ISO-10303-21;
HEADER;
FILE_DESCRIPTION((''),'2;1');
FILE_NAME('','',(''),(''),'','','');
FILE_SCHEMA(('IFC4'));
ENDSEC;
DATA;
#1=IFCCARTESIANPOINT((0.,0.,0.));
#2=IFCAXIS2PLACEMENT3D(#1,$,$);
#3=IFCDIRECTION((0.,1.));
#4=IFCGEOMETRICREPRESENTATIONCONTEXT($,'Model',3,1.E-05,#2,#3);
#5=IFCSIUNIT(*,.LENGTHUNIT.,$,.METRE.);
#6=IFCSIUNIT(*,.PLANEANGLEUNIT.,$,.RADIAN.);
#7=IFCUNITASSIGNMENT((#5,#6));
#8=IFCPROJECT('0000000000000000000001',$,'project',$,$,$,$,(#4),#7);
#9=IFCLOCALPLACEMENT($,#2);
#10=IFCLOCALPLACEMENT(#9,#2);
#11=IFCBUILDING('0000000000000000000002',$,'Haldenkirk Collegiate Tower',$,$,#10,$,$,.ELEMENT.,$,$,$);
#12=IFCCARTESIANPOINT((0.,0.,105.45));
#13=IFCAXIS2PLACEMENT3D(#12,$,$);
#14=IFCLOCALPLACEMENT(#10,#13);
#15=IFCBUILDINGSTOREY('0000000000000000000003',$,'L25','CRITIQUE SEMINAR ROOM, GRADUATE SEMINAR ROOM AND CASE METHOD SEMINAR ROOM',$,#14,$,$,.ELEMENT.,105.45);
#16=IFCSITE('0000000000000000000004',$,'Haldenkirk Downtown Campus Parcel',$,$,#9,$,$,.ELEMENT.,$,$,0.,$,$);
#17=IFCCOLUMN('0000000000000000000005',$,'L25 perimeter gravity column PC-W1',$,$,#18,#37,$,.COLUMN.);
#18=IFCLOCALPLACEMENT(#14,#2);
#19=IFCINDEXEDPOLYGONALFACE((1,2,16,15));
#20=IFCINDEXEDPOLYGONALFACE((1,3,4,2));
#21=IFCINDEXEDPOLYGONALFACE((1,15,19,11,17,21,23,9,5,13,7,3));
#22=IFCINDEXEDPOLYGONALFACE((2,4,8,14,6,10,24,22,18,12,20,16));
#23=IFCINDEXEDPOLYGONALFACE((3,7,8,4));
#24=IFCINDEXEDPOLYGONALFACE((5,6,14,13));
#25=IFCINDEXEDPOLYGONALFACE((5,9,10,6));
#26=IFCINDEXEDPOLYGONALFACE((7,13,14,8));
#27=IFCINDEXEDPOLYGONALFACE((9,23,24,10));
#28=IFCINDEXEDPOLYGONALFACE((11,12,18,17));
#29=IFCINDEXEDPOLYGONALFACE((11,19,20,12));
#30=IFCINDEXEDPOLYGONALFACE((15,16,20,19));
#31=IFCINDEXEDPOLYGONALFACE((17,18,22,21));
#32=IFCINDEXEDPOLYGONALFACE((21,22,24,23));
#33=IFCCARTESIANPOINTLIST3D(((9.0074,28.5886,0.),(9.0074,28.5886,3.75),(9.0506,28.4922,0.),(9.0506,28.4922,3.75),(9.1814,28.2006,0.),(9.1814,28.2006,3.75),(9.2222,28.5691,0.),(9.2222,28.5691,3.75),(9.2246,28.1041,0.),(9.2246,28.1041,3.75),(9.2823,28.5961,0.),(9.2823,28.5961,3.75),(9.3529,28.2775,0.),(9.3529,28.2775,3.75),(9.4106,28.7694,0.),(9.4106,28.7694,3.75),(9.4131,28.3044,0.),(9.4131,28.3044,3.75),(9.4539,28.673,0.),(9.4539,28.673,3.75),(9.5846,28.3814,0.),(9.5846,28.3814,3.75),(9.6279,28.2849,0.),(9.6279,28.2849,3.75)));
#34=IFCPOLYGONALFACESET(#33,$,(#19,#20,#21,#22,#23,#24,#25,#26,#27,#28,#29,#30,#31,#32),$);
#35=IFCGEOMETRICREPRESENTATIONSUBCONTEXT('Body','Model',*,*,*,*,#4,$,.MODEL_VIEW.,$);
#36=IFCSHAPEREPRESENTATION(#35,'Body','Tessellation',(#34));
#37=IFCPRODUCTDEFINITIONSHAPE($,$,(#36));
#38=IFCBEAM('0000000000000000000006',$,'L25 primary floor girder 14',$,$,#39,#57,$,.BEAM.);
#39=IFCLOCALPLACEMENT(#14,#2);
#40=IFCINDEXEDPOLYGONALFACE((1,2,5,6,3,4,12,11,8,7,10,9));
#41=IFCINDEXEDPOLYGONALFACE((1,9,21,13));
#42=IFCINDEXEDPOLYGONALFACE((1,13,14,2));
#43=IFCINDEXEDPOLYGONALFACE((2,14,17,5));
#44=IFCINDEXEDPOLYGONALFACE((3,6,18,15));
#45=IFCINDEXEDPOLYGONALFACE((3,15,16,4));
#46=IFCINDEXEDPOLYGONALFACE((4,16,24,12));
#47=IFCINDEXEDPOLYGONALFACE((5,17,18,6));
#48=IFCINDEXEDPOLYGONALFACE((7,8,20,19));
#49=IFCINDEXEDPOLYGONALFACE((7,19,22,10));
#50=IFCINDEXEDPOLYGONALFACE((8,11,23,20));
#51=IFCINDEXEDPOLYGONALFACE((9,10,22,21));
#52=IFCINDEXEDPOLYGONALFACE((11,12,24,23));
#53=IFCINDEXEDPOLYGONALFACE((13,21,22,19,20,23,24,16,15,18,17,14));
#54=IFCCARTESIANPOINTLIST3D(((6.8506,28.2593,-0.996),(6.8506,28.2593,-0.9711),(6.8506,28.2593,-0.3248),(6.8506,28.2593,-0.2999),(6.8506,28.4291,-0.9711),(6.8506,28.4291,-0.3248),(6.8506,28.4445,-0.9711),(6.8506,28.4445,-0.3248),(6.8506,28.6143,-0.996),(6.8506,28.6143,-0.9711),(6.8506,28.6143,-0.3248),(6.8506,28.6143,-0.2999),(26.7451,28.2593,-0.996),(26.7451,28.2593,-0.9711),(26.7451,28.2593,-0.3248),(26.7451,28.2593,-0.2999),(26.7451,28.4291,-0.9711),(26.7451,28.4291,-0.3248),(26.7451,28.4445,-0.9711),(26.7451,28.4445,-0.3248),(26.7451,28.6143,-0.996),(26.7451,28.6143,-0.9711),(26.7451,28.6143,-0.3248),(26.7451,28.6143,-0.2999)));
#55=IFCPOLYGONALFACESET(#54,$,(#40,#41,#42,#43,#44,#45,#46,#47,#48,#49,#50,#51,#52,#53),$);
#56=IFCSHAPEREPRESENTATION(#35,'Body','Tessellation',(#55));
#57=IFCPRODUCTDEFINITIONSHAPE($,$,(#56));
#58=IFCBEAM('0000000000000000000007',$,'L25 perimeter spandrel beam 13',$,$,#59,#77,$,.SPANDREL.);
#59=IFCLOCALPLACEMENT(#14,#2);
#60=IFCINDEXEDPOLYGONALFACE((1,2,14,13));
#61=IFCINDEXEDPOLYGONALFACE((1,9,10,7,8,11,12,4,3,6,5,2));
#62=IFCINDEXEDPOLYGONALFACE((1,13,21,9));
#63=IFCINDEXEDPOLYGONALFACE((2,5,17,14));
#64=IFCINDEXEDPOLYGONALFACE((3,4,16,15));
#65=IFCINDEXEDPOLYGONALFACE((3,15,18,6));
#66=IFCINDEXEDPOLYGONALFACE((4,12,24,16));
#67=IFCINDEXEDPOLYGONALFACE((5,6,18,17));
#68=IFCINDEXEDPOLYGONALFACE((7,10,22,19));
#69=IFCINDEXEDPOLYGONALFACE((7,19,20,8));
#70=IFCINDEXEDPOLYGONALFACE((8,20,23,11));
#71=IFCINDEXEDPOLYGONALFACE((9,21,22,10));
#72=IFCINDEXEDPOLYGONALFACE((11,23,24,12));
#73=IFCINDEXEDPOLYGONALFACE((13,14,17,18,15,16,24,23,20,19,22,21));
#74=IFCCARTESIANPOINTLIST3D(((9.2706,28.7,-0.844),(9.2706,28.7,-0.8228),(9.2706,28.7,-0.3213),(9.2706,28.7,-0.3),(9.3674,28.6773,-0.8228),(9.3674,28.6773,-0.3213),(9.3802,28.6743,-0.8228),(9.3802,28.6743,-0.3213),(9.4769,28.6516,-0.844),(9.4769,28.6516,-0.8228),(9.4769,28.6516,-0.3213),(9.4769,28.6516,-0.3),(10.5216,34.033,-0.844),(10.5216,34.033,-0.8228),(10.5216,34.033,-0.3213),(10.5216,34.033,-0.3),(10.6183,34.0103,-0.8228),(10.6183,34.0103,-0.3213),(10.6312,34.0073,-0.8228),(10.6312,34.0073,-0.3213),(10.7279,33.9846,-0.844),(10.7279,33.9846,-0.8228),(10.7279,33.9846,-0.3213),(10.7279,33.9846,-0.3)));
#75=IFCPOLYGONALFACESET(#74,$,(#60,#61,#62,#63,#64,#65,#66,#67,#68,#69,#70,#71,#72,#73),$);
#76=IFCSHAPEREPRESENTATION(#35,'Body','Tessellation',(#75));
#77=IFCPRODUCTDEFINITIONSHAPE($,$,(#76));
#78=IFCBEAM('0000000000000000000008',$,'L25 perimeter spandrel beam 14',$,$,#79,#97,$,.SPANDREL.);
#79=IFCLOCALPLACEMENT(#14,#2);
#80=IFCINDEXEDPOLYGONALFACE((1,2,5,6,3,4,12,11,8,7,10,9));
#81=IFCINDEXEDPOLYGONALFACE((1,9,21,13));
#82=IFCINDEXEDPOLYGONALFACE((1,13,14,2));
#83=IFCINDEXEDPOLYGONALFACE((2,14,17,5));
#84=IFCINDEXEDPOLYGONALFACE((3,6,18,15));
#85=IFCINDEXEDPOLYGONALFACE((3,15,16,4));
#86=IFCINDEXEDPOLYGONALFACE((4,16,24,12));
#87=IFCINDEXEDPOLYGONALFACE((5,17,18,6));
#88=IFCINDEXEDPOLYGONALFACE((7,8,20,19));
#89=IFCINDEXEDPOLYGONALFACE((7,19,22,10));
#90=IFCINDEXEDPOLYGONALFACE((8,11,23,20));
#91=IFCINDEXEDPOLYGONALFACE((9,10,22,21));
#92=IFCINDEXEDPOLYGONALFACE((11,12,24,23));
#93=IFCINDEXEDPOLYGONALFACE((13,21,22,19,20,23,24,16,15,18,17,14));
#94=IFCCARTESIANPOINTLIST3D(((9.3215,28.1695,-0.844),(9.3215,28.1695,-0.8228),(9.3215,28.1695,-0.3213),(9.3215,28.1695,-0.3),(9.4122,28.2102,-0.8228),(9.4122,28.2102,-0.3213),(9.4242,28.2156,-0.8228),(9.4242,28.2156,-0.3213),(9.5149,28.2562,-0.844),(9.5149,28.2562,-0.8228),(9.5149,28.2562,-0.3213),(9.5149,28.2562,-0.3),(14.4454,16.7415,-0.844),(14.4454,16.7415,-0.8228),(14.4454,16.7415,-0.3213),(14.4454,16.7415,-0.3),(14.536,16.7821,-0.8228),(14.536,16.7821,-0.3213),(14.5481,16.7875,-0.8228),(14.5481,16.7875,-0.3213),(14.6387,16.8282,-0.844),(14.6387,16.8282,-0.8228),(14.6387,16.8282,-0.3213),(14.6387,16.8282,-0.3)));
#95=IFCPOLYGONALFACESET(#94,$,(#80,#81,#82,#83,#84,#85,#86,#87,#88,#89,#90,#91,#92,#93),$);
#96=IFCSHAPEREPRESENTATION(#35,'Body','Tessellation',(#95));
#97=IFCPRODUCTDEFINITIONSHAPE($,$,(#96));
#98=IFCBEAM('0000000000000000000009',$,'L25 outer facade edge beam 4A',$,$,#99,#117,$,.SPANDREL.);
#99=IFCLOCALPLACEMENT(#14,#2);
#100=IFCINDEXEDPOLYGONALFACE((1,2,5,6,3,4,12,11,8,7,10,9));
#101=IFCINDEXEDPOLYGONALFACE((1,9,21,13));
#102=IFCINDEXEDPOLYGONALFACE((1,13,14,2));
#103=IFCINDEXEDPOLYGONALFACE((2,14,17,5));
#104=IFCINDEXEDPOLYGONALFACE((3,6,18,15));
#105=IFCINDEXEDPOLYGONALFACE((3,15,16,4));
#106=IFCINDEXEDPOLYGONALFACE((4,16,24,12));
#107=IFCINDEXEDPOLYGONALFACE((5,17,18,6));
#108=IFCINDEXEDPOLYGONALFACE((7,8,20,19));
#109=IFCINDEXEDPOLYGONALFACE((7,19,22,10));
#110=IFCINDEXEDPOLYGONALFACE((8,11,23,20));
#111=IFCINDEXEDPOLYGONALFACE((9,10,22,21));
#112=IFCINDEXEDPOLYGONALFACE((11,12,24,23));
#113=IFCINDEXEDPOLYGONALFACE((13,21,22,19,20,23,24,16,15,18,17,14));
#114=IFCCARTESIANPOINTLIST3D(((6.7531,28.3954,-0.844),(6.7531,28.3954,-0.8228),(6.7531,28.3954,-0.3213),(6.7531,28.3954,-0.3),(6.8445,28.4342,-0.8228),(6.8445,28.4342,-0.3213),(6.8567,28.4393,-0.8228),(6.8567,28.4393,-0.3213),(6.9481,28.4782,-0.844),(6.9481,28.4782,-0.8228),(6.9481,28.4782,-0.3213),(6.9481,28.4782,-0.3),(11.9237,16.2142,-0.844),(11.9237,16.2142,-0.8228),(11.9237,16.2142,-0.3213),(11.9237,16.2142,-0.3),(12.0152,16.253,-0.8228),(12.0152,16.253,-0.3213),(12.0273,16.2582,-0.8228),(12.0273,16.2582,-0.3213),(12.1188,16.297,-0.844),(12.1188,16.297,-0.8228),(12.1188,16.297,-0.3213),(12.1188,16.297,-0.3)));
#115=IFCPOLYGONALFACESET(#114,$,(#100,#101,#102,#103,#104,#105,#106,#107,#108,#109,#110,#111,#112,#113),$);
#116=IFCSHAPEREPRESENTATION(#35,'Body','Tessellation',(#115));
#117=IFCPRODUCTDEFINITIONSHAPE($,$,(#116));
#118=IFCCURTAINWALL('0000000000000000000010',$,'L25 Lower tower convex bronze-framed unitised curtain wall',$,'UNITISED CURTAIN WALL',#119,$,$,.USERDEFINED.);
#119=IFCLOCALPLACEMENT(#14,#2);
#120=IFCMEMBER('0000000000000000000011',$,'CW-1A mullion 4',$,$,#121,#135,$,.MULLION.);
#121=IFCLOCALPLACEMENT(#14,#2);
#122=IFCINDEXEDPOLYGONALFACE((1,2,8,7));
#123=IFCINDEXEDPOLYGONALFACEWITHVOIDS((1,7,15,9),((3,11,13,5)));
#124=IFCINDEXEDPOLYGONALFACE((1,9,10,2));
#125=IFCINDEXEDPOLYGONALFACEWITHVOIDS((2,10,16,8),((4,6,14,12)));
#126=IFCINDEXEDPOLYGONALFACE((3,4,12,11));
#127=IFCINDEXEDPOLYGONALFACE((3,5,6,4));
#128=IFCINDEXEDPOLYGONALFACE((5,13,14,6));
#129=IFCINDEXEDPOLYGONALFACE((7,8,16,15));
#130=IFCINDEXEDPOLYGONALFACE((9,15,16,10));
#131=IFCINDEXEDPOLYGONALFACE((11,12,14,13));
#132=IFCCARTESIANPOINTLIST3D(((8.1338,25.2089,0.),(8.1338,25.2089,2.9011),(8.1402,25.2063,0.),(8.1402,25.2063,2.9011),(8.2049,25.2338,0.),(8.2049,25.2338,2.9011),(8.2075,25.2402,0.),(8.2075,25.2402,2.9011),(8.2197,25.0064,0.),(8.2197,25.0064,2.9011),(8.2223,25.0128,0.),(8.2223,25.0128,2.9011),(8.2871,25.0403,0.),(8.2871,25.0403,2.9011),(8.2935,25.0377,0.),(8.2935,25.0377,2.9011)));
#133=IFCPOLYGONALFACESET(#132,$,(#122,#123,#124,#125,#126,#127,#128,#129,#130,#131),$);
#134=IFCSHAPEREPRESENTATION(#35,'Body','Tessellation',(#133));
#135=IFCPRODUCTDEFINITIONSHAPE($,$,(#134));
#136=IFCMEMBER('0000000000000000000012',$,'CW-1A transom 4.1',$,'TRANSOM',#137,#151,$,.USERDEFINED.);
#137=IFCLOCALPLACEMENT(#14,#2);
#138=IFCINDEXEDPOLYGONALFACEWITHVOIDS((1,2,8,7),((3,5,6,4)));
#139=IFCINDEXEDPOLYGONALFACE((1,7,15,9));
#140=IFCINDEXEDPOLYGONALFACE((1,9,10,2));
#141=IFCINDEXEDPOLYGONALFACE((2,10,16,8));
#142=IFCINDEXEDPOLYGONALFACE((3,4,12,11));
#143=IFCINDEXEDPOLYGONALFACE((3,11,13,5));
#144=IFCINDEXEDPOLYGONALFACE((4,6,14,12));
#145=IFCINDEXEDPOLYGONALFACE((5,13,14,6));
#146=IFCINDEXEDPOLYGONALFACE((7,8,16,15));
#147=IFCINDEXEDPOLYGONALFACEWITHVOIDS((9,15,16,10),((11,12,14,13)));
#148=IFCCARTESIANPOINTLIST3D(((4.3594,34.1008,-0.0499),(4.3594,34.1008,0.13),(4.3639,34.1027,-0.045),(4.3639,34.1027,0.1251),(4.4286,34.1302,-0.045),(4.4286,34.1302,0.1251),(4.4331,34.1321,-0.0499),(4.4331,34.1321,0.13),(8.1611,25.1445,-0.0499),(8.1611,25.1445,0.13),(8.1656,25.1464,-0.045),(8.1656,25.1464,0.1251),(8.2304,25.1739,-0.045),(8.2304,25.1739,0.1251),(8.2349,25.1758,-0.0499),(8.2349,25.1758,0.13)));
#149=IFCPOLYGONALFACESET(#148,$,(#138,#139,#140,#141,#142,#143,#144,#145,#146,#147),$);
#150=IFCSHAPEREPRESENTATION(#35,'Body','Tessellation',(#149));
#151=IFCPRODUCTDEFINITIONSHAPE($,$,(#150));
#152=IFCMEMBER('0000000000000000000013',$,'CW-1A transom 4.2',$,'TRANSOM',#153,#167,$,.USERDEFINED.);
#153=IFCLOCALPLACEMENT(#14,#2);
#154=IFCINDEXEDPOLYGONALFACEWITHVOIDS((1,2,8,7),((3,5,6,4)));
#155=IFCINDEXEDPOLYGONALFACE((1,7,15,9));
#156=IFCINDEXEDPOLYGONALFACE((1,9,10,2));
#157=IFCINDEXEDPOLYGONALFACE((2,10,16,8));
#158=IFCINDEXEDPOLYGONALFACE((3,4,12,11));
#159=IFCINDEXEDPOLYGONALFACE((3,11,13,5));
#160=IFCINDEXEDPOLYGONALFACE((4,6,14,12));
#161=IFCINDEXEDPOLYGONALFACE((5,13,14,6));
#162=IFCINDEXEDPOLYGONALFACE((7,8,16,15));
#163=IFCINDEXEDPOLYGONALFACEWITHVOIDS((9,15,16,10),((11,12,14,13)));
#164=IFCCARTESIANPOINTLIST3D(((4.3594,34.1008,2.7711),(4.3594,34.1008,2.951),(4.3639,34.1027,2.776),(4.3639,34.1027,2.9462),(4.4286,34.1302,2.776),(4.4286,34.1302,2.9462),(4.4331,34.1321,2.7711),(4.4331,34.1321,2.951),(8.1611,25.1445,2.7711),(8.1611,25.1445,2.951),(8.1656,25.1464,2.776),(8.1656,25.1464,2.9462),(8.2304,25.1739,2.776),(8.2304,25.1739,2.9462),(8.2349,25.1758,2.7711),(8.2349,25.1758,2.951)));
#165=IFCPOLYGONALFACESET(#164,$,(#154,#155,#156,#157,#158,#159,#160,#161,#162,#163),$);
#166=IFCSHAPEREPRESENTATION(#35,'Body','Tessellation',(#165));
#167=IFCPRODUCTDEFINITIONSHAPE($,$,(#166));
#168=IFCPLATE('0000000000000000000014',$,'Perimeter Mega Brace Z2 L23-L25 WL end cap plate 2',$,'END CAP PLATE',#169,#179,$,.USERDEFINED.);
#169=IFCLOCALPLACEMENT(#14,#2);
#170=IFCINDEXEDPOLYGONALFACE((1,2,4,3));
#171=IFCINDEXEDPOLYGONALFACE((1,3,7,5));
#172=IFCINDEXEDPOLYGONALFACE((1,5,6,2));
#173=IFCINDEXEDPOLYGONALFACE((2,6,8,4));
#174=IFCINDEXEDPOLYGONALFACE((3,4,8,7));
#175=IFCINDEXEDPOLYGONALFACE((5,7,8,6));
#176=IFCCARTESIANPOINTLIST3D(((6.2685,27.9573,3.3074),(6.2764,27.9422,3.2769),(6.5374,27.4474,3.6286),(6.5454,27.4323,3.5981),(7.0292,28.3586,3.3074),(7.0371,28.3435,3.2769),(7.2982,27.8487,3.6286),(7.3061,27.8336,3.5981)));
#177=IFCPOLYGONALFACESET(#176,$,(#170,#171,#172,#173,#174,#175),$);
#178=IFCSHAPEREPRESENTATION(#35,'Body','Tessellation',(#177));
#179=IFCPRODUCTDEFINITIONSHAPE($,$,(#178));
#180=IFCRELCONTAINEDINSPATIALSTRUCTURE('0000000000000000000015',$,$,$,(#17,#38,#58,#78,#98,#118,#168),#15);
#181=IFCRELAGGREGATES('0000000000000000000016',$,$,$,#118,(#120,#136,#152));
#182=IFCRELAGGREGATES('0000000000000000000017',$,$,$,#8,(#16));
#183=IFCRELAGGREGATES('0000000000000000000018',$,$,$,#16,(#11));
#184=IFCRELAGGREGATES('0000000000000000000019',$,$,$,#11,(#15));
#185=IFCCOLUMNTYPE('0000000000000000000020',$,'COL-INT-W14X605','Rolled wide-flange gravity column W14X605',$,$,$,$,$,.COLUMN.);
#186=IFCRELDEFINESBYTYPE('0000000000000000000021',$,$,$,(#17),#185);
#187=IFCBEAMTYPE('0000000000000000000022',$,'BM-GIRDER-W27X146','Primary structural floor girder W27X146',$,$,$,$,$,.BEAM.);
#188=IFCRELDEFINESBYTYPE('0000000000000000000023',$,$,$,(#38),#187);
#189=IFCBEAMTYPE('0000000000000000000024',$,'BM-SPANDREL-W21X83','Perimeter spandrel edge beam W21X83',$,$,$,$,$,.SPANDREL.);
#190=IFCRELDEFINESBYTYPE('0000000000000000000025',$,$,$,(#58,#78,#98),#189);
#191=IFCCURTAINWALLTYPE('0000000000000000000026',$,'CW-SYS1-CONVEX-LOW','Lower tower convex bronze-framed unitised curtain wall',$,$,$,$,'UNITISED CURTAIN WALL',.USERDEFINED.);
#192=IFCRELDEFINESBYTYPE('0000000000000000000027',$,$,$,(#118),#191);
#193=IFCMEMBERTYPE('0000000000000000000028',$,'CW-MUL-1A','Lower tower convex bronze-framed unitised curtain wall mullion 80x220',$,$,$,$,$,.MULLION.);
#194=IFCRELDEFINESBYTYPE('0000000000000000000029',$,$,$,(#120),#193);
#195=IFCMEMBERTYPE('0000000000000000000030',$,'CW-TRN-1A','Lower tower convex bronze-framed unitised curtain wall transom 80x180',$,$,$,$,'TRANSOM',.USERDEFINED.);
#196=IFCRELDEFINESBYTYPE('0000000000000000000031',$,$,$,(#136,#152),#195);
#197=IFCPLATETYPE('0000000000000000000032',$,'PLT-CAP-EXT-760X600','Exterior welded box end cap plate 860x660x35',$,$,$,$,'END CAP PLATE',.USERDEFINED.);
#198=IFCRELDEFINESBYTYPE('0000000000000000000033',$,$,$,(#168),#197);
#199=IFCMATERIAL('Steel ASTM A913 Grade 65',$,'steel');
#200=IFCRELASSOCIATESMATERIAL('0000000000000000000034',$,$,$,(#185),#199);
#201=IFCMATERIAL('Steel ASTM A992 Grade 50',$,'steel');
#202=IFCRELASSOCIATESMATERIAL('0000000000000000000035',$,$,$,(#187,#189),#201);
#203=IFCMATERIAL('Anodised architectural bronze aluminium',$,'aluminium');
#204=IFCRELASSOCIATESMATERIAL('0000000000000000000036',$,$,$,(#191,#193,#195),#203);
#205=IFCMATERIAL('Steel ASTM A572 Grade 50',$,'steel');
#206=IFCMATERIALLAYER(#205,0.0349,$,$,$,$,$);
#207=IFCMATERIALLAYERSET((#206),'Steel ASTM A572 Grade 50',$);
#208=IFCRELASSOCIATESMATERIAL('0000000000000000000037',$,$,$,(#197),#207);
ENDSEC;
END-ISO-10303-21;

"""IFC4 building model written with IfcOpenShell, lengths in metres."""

from ifc_helpers import new_model, si_unit, direction, frame, origin, origin_2d, place, context, subcontext, project, spatial, rectangle, hollow_rectangle, i_section, extrude, source, transform, mapped, material, layer, layer_set, material_profile, profile_set, type_object, element, aggregate, save


model = new_model("IFC4")

# Units and contexts
model_context = context("Model", 3, precision=1e-05, world=origin(), true_north=direction((0.0, 1.0)))
body_context = subcontext(model_context, "Body", "Model", "MODEL_VIEW")
ifc_project = project(units=[si_unit("LENGTHUNIT", "METRE"), si_unit("PLANEANGLEUNIT", "RADIAN")], contexts=[model_context])

# Site, building, storey
site_placement = place(None, origin())
site = spatial("IfcSite", under=ifc_project, at=site_placement, Name="Haldenkirk Downtown Campus Parcel", CompositionType="ELEMENT", RefElevation=0.0)
building_placement = place(site_placement, origin())
building = spatial("IfcBuilding", under=site, at=building_placement, Name="Haldenkirk Collegiate Tower", CompositionType="ELEMENT")
storey_placement = place(building_placement, frame((0.0, 0.0, 105.45)))
storey = spatial("IfcBuildingStorey", under=building, at=storey_placement, Name="L25", Description="CRITIQUE SEMINAR ROOM, GRADUATE SEMINAR ROOM AND CASE METHOD SEMINAR ROOM", CompositionType="ELEMENT", Elevation=105.45)

# Column
ifc_material_1 = material(Name="Steel ASTM A913 Grade 65", Category="steel")
ifc_material_profile_1 = material_profile(ifc_material_1, i_section(OverallWidth=0.4419, OverallDepth=0.531, WebThickness=0.0659, FlangeThickness=0.1057, at=origin_2d()), Name="W14X605")
ifc_profile_set_1 = profile_set([ifc_material_profile_1], Name="Steel ASTM A913 Grade 65")
column_type = type_object("IfcColumnType", Name="COL-INT-W14X605", Description="Rolled wide-flange gravity column W14X605", PredefinedType="COLUMN", material=ifc_profile_set_1)
column_placement = place(storey_placement, frame((9.3176, 28.4368, 0.0), z_axis=(0.0, 0.0, 1.0), x_axis=(0.912477, 0.409127, 0.0)))
element("IfcColumn", 1, at=column_placement, inside=storey, type_object=column_type, Name="L25 perimeter gravity column PC-W1", PredefinedType="COLUMN", context=body_context, shape_type="SweptSolid", body=[
    extrude(i_section(OverallWidth=0.4419, OverallDepth=0.531, WebThickness=0.0659, FlangeThickness=0.1057, at=origin_2d()), origin(), (0.0, 0.0, 1.0), 3.75),
])

# Beams
ifc_material_2 = material(Name="Steel ASTM A992 Grade 50", Category="steel")
ifc_material_profile_2 = material_profile(ifc_material_2, i_section(OverallWidth=0.355, OverallDepth=0.696, WebThickness=0.0154, FlangeThickness=0.0249, at=origin_2d()), Name="W27X146")
ifc_profile_set_2 = profile_set([ifc_material_profile_2], Name="Steel ASTM A992 Grade 50")
beam_type_1 = type_object("IfcBeamType", Name="BM-GIRDER-W27X146", Description="Primary structural floor girder W27X146", PredefinedType="BEAM", material=ifc_profile_set_2)
beam_1_placement = place(storey_placement, frame((6.8506, 28.4368, -0.6479), z_axis=(1.0, 0.0, 0.0), x_axis=(0.0, 1.0, 0.0)))
element("IfcBeam", 2, at=beam_1_placement, inside=storey, type_object=beam_type_1, Name="L25 primary floor girder 14", PredefinedType="BEAM", context=body_context, shape_type="SweptSolid", body=[
    extrude(i_section(OverallWidth=0.355, OverallDepth=0.696, WebThickness=0.0154, FlangeThickness=0.0249, at=origin_2d()), origin(), (0.0, 0.0, 1.0), 19.8945),
])
ifc_material_profile_3 = material_profile(ifc_material_2, i_section(OverallWidth=0.2119, OverallDepth=0.5439, WebThickness=0.0132, FlangeThickness=0.0212, at=origin_2d()), Name="W21X83")
ifc_profile_set_3 = profile_set([ifc_material_profile_3], Name="Steel ASTM A992 Grade 50")
beam_type_2 = type_object("IfcBeamType", Name="BM-SPANDREL-W21X83", Description="Perimeter spandrel edge beam W21X83", PredefinedType="SPANDREL", material=ifc_profile_set_3)
beam_2_placement = place(storey_placement, frame((10.6248, 34.0088, -0.572), z_axis=(-0.228374, -0.973574, 0.0), x_axis=(0.973574, -0.228374, 0.0)))
element("IfcBeam", 3, at=beam_2_placement, inside=storey, type_object=beam_type_2, Name="L25 perimeter spandrel beam 13", PredefinedType="SPANDREL", context=body_context, shape_type="SweptSolid", body=[
    extrude(i_section(OverallWidth=0.2119, OverallDepth=0.5439, WebThickness=0.0132, FlangeThickness=0.0212, at=origin_2d()), origin(), (0.0, 0.0, 1.0), 5.4778),
])
beam_3_placement = place(storey_placement, frame((9.4182, 28.2129, -0.572), z_axis=(0.409115, -0.912483, 0.0), x_axis=(0.912483, 0.409115, 0.0)))
element("IfcBeam", 4, at=beam_3_placement, inside=storey, type_object=beam_type_2, Name="L25 perimeter spandrel beam 14", PredefinedType="SPANDREL", context=body_context, shape_type="SweptSolid", body=[
    extrude(i_section(OverallWidth=0.2119, OverallDepth=0.5439, WebThickness=0.0132, FlangeThickness=0.0212, at=origin_2d()), origin(), (0.0, 0.0, 1.0), 12.5242),
])
beam_4_placement = place(storey_placement, frame((6.8506, 28.4368, -0.572), z_axis=(0.390735, -0.920503, 0.0), x_axis=(0.920503, 0.390735, 0.0)))
element("IfcBeam", 5, at=beam_4_placement, inside=storey, type_object=beam_type_2, Name="L25 outer facade edge beam 4A", PredefinedType="SPANDREL", context=body_context, shape_type="SweptSolid", body=[
    extrude(i_section(OverallWidth=0.2119, OverallDepth=0.5439, WebThickness=0.0132, FlangeThickness=0.0212, at=origin_2d()), origin(), (0.0, 0.0, 1.0), 13.2332),
])

# Curtain wall, members
ifc_material_3 = material(Name="Anodised architectural bronze aluminium", Category="aluminium")
curtain_wall_type = type_object("IfcCurtainWallType", Name="CW-SYS1-CONVEX-LOW", Description="Lower tower convex bronze-framed unitised curtain wall", ElementType="UNITISED CURTAIN WALL", PredefinedType="USERDEFINED", material=ifc_material_3)
curtain_wall_placement = place(storey_placement, origin())
curtain_wall = element("IfcCurtainWall", 6, at=curtain_wall_placement, inside=storey, type_object=curtain_wall_type, Name="L25 Lower tower convex bronze-framed unitised curtain wall", ObjectType="UNITISED CURTAIN WALL", PredefinedType="USERDEFINED")
ifc_material_profile_4 = material_profile(ifc_material_3, hollow_rectangle(XDim=0.0801, YDim=0.22, WallThickness=0.0049, at=origin_2d()), Name="CW-MUL-1A")
ifc_profile_set_4 = profile_set([ifc_material_profile_4], Name="Anodised architectural bronze aluminium")
member_type_1 = type_object("IfcMemberType", Name="CW-MUL-1A", Description="Lower tower convex bronze-framed unitised curtain wall mullion 80x220", PredefinedType="MULLION", material=ifc_profile_set_4)
member_1_placement = place(storey_placement, frame((8.2136, 25.1233, 0.0), z_axis=(0.0, 0.0, 1.0), x_axis=(-0.920505, -0.39073, 0.0)))
member_1 = element("IfcMember", 7, at=member_1_placement, type_object=member_type_1, Name="CW-1A mullion 4", PredefinedType="MULLION", context=body_context, shape_type="SweptSolid", body=[
    extrude(hollow_rectangle(XDim=0.0801, YDim=0.22, WallThickness=0.0049, at=origin_2d()), origin(), (0.0, 0.0, 1.0), 2.9011),
])
ifc_material_profile_5 = material_profile(ifc_material_3, hollow_rectangle(XDim=0.0801, YDim=0.1799, WallThickness=0.0049, at=origin_2d()), Name="CW-TRN-1A")
ifc_profile_set_5 = profile_set([ifc_material_profile_5], Name="Anodised architectural bronze aluminium")
member_type_2 = type_object("IfcMemberType", Name="CW-TRN-1A", Description="Lower tower convex bronze-framed unitised curtain wall transom 80x180", ElementType="TRANSOM", PredefinedType="USERDEFINED", material=ifc_profile_set_5)
member_2_placement = place(storey_placement, frame((8.198, 25.1602, 0.04), z_axis=(-0.390734, 0.920504, 0.0), x_axis=(-0.920504, -0.390734, 0.0)))
member_2 = element("IfcMember", 8, at=member_2_placement, type_object=member_type_2, Name="CW-1A transom 4.1", ObjectType="TRANSOM", PredefinedType="USERDEFINED", context=body_context, shape_type="SweptSolid", body=[
    extrude(hollow_rectangle(XDim=0.0801, YDim=0.1799, WallThickness=0.0049, at=origin_2d()), origin(), (0.0, 0.0, 1.0), 9.7297),
])
member_3_placement = place(storey_placement, frame((8.198, 25.1602, 2.8611), z_axis=(-0.390734, 0.920504, 0.0), x_axis=(-0.920504, -0.390734, 0.0)))
member_3 = element("IfcMember", 9, at=member_3_placement, type_object=member_type_2, Name="CW-1A transom 4.2", ObjectType="TRANSOM", PredefinedType="USERDEFINED", context=body_context, shape_type="SweptSolid", body=[
    extrude(hollow_rectangle(XDim=0.0801, YDim=0.1799, WallThickness=0.0049, at=origin_2d()), origin(), (0.0, 0.0, 1.0), 9.7297),
])

# Plate
ifc_material_4 = material(Name="Steel ASTM A572 Grade 50", Category="steel")
ifc_layer_1 = layer(ifc_material_4, 0.0349)
ifc_layer_set_1 = layer_set([ifc_layer_1], Name="Steel ASTM A572 Grade 50")
plate_type_1 = type_object("IfcPlateType", Name="PLT-CAP-EXT-760X600", Description="Exterior welded box end cap plate 860x660x35", ElementType="END CAP PLATE", PredefinedType="USERDEFINED", material=ifc_layer_set_1)
shared_shape_1 = source(origin(), body_context, "Body", "SweptSolid", [
    extrude(rectangle(XDim=0.8601, YDim=0.6599, at=origin_2d()), origin(), (0.0, 0.0, 1.0), 0.0349),
])
plate_1_placement = place(storey_placement, frame((6.7913, 27.8879, 3.4375), z_axis=(-0.227063, 0.43045, 0.873588), x_axis=(-0.884486, -0.466568, 0.0)))
element("IfcPlate", 10, at=plate_1_placement, inside=storey, type_object=plate_type_1, Name="Perimeter Mega Brace Z2 L23-L25 WL end cap plate 2", ObjectType="END CAP PLATE", PredefinedType="USERDEFINED", context=body_context, shape_type="MappedRepresentation", body=[
    mapped(shared_shape_1, transform((0.0, 0.0, 0.0), x_axis=(1.0, 0.0, 0.0), y_axis=(0.0, 1.0, 0.0), z_axis=(0.0, 0.0, 1.0), scale=1.0)),
])
aggregate(curtain_wall, [member_1, member_2, member_3])

save(model, "model.ifc")
